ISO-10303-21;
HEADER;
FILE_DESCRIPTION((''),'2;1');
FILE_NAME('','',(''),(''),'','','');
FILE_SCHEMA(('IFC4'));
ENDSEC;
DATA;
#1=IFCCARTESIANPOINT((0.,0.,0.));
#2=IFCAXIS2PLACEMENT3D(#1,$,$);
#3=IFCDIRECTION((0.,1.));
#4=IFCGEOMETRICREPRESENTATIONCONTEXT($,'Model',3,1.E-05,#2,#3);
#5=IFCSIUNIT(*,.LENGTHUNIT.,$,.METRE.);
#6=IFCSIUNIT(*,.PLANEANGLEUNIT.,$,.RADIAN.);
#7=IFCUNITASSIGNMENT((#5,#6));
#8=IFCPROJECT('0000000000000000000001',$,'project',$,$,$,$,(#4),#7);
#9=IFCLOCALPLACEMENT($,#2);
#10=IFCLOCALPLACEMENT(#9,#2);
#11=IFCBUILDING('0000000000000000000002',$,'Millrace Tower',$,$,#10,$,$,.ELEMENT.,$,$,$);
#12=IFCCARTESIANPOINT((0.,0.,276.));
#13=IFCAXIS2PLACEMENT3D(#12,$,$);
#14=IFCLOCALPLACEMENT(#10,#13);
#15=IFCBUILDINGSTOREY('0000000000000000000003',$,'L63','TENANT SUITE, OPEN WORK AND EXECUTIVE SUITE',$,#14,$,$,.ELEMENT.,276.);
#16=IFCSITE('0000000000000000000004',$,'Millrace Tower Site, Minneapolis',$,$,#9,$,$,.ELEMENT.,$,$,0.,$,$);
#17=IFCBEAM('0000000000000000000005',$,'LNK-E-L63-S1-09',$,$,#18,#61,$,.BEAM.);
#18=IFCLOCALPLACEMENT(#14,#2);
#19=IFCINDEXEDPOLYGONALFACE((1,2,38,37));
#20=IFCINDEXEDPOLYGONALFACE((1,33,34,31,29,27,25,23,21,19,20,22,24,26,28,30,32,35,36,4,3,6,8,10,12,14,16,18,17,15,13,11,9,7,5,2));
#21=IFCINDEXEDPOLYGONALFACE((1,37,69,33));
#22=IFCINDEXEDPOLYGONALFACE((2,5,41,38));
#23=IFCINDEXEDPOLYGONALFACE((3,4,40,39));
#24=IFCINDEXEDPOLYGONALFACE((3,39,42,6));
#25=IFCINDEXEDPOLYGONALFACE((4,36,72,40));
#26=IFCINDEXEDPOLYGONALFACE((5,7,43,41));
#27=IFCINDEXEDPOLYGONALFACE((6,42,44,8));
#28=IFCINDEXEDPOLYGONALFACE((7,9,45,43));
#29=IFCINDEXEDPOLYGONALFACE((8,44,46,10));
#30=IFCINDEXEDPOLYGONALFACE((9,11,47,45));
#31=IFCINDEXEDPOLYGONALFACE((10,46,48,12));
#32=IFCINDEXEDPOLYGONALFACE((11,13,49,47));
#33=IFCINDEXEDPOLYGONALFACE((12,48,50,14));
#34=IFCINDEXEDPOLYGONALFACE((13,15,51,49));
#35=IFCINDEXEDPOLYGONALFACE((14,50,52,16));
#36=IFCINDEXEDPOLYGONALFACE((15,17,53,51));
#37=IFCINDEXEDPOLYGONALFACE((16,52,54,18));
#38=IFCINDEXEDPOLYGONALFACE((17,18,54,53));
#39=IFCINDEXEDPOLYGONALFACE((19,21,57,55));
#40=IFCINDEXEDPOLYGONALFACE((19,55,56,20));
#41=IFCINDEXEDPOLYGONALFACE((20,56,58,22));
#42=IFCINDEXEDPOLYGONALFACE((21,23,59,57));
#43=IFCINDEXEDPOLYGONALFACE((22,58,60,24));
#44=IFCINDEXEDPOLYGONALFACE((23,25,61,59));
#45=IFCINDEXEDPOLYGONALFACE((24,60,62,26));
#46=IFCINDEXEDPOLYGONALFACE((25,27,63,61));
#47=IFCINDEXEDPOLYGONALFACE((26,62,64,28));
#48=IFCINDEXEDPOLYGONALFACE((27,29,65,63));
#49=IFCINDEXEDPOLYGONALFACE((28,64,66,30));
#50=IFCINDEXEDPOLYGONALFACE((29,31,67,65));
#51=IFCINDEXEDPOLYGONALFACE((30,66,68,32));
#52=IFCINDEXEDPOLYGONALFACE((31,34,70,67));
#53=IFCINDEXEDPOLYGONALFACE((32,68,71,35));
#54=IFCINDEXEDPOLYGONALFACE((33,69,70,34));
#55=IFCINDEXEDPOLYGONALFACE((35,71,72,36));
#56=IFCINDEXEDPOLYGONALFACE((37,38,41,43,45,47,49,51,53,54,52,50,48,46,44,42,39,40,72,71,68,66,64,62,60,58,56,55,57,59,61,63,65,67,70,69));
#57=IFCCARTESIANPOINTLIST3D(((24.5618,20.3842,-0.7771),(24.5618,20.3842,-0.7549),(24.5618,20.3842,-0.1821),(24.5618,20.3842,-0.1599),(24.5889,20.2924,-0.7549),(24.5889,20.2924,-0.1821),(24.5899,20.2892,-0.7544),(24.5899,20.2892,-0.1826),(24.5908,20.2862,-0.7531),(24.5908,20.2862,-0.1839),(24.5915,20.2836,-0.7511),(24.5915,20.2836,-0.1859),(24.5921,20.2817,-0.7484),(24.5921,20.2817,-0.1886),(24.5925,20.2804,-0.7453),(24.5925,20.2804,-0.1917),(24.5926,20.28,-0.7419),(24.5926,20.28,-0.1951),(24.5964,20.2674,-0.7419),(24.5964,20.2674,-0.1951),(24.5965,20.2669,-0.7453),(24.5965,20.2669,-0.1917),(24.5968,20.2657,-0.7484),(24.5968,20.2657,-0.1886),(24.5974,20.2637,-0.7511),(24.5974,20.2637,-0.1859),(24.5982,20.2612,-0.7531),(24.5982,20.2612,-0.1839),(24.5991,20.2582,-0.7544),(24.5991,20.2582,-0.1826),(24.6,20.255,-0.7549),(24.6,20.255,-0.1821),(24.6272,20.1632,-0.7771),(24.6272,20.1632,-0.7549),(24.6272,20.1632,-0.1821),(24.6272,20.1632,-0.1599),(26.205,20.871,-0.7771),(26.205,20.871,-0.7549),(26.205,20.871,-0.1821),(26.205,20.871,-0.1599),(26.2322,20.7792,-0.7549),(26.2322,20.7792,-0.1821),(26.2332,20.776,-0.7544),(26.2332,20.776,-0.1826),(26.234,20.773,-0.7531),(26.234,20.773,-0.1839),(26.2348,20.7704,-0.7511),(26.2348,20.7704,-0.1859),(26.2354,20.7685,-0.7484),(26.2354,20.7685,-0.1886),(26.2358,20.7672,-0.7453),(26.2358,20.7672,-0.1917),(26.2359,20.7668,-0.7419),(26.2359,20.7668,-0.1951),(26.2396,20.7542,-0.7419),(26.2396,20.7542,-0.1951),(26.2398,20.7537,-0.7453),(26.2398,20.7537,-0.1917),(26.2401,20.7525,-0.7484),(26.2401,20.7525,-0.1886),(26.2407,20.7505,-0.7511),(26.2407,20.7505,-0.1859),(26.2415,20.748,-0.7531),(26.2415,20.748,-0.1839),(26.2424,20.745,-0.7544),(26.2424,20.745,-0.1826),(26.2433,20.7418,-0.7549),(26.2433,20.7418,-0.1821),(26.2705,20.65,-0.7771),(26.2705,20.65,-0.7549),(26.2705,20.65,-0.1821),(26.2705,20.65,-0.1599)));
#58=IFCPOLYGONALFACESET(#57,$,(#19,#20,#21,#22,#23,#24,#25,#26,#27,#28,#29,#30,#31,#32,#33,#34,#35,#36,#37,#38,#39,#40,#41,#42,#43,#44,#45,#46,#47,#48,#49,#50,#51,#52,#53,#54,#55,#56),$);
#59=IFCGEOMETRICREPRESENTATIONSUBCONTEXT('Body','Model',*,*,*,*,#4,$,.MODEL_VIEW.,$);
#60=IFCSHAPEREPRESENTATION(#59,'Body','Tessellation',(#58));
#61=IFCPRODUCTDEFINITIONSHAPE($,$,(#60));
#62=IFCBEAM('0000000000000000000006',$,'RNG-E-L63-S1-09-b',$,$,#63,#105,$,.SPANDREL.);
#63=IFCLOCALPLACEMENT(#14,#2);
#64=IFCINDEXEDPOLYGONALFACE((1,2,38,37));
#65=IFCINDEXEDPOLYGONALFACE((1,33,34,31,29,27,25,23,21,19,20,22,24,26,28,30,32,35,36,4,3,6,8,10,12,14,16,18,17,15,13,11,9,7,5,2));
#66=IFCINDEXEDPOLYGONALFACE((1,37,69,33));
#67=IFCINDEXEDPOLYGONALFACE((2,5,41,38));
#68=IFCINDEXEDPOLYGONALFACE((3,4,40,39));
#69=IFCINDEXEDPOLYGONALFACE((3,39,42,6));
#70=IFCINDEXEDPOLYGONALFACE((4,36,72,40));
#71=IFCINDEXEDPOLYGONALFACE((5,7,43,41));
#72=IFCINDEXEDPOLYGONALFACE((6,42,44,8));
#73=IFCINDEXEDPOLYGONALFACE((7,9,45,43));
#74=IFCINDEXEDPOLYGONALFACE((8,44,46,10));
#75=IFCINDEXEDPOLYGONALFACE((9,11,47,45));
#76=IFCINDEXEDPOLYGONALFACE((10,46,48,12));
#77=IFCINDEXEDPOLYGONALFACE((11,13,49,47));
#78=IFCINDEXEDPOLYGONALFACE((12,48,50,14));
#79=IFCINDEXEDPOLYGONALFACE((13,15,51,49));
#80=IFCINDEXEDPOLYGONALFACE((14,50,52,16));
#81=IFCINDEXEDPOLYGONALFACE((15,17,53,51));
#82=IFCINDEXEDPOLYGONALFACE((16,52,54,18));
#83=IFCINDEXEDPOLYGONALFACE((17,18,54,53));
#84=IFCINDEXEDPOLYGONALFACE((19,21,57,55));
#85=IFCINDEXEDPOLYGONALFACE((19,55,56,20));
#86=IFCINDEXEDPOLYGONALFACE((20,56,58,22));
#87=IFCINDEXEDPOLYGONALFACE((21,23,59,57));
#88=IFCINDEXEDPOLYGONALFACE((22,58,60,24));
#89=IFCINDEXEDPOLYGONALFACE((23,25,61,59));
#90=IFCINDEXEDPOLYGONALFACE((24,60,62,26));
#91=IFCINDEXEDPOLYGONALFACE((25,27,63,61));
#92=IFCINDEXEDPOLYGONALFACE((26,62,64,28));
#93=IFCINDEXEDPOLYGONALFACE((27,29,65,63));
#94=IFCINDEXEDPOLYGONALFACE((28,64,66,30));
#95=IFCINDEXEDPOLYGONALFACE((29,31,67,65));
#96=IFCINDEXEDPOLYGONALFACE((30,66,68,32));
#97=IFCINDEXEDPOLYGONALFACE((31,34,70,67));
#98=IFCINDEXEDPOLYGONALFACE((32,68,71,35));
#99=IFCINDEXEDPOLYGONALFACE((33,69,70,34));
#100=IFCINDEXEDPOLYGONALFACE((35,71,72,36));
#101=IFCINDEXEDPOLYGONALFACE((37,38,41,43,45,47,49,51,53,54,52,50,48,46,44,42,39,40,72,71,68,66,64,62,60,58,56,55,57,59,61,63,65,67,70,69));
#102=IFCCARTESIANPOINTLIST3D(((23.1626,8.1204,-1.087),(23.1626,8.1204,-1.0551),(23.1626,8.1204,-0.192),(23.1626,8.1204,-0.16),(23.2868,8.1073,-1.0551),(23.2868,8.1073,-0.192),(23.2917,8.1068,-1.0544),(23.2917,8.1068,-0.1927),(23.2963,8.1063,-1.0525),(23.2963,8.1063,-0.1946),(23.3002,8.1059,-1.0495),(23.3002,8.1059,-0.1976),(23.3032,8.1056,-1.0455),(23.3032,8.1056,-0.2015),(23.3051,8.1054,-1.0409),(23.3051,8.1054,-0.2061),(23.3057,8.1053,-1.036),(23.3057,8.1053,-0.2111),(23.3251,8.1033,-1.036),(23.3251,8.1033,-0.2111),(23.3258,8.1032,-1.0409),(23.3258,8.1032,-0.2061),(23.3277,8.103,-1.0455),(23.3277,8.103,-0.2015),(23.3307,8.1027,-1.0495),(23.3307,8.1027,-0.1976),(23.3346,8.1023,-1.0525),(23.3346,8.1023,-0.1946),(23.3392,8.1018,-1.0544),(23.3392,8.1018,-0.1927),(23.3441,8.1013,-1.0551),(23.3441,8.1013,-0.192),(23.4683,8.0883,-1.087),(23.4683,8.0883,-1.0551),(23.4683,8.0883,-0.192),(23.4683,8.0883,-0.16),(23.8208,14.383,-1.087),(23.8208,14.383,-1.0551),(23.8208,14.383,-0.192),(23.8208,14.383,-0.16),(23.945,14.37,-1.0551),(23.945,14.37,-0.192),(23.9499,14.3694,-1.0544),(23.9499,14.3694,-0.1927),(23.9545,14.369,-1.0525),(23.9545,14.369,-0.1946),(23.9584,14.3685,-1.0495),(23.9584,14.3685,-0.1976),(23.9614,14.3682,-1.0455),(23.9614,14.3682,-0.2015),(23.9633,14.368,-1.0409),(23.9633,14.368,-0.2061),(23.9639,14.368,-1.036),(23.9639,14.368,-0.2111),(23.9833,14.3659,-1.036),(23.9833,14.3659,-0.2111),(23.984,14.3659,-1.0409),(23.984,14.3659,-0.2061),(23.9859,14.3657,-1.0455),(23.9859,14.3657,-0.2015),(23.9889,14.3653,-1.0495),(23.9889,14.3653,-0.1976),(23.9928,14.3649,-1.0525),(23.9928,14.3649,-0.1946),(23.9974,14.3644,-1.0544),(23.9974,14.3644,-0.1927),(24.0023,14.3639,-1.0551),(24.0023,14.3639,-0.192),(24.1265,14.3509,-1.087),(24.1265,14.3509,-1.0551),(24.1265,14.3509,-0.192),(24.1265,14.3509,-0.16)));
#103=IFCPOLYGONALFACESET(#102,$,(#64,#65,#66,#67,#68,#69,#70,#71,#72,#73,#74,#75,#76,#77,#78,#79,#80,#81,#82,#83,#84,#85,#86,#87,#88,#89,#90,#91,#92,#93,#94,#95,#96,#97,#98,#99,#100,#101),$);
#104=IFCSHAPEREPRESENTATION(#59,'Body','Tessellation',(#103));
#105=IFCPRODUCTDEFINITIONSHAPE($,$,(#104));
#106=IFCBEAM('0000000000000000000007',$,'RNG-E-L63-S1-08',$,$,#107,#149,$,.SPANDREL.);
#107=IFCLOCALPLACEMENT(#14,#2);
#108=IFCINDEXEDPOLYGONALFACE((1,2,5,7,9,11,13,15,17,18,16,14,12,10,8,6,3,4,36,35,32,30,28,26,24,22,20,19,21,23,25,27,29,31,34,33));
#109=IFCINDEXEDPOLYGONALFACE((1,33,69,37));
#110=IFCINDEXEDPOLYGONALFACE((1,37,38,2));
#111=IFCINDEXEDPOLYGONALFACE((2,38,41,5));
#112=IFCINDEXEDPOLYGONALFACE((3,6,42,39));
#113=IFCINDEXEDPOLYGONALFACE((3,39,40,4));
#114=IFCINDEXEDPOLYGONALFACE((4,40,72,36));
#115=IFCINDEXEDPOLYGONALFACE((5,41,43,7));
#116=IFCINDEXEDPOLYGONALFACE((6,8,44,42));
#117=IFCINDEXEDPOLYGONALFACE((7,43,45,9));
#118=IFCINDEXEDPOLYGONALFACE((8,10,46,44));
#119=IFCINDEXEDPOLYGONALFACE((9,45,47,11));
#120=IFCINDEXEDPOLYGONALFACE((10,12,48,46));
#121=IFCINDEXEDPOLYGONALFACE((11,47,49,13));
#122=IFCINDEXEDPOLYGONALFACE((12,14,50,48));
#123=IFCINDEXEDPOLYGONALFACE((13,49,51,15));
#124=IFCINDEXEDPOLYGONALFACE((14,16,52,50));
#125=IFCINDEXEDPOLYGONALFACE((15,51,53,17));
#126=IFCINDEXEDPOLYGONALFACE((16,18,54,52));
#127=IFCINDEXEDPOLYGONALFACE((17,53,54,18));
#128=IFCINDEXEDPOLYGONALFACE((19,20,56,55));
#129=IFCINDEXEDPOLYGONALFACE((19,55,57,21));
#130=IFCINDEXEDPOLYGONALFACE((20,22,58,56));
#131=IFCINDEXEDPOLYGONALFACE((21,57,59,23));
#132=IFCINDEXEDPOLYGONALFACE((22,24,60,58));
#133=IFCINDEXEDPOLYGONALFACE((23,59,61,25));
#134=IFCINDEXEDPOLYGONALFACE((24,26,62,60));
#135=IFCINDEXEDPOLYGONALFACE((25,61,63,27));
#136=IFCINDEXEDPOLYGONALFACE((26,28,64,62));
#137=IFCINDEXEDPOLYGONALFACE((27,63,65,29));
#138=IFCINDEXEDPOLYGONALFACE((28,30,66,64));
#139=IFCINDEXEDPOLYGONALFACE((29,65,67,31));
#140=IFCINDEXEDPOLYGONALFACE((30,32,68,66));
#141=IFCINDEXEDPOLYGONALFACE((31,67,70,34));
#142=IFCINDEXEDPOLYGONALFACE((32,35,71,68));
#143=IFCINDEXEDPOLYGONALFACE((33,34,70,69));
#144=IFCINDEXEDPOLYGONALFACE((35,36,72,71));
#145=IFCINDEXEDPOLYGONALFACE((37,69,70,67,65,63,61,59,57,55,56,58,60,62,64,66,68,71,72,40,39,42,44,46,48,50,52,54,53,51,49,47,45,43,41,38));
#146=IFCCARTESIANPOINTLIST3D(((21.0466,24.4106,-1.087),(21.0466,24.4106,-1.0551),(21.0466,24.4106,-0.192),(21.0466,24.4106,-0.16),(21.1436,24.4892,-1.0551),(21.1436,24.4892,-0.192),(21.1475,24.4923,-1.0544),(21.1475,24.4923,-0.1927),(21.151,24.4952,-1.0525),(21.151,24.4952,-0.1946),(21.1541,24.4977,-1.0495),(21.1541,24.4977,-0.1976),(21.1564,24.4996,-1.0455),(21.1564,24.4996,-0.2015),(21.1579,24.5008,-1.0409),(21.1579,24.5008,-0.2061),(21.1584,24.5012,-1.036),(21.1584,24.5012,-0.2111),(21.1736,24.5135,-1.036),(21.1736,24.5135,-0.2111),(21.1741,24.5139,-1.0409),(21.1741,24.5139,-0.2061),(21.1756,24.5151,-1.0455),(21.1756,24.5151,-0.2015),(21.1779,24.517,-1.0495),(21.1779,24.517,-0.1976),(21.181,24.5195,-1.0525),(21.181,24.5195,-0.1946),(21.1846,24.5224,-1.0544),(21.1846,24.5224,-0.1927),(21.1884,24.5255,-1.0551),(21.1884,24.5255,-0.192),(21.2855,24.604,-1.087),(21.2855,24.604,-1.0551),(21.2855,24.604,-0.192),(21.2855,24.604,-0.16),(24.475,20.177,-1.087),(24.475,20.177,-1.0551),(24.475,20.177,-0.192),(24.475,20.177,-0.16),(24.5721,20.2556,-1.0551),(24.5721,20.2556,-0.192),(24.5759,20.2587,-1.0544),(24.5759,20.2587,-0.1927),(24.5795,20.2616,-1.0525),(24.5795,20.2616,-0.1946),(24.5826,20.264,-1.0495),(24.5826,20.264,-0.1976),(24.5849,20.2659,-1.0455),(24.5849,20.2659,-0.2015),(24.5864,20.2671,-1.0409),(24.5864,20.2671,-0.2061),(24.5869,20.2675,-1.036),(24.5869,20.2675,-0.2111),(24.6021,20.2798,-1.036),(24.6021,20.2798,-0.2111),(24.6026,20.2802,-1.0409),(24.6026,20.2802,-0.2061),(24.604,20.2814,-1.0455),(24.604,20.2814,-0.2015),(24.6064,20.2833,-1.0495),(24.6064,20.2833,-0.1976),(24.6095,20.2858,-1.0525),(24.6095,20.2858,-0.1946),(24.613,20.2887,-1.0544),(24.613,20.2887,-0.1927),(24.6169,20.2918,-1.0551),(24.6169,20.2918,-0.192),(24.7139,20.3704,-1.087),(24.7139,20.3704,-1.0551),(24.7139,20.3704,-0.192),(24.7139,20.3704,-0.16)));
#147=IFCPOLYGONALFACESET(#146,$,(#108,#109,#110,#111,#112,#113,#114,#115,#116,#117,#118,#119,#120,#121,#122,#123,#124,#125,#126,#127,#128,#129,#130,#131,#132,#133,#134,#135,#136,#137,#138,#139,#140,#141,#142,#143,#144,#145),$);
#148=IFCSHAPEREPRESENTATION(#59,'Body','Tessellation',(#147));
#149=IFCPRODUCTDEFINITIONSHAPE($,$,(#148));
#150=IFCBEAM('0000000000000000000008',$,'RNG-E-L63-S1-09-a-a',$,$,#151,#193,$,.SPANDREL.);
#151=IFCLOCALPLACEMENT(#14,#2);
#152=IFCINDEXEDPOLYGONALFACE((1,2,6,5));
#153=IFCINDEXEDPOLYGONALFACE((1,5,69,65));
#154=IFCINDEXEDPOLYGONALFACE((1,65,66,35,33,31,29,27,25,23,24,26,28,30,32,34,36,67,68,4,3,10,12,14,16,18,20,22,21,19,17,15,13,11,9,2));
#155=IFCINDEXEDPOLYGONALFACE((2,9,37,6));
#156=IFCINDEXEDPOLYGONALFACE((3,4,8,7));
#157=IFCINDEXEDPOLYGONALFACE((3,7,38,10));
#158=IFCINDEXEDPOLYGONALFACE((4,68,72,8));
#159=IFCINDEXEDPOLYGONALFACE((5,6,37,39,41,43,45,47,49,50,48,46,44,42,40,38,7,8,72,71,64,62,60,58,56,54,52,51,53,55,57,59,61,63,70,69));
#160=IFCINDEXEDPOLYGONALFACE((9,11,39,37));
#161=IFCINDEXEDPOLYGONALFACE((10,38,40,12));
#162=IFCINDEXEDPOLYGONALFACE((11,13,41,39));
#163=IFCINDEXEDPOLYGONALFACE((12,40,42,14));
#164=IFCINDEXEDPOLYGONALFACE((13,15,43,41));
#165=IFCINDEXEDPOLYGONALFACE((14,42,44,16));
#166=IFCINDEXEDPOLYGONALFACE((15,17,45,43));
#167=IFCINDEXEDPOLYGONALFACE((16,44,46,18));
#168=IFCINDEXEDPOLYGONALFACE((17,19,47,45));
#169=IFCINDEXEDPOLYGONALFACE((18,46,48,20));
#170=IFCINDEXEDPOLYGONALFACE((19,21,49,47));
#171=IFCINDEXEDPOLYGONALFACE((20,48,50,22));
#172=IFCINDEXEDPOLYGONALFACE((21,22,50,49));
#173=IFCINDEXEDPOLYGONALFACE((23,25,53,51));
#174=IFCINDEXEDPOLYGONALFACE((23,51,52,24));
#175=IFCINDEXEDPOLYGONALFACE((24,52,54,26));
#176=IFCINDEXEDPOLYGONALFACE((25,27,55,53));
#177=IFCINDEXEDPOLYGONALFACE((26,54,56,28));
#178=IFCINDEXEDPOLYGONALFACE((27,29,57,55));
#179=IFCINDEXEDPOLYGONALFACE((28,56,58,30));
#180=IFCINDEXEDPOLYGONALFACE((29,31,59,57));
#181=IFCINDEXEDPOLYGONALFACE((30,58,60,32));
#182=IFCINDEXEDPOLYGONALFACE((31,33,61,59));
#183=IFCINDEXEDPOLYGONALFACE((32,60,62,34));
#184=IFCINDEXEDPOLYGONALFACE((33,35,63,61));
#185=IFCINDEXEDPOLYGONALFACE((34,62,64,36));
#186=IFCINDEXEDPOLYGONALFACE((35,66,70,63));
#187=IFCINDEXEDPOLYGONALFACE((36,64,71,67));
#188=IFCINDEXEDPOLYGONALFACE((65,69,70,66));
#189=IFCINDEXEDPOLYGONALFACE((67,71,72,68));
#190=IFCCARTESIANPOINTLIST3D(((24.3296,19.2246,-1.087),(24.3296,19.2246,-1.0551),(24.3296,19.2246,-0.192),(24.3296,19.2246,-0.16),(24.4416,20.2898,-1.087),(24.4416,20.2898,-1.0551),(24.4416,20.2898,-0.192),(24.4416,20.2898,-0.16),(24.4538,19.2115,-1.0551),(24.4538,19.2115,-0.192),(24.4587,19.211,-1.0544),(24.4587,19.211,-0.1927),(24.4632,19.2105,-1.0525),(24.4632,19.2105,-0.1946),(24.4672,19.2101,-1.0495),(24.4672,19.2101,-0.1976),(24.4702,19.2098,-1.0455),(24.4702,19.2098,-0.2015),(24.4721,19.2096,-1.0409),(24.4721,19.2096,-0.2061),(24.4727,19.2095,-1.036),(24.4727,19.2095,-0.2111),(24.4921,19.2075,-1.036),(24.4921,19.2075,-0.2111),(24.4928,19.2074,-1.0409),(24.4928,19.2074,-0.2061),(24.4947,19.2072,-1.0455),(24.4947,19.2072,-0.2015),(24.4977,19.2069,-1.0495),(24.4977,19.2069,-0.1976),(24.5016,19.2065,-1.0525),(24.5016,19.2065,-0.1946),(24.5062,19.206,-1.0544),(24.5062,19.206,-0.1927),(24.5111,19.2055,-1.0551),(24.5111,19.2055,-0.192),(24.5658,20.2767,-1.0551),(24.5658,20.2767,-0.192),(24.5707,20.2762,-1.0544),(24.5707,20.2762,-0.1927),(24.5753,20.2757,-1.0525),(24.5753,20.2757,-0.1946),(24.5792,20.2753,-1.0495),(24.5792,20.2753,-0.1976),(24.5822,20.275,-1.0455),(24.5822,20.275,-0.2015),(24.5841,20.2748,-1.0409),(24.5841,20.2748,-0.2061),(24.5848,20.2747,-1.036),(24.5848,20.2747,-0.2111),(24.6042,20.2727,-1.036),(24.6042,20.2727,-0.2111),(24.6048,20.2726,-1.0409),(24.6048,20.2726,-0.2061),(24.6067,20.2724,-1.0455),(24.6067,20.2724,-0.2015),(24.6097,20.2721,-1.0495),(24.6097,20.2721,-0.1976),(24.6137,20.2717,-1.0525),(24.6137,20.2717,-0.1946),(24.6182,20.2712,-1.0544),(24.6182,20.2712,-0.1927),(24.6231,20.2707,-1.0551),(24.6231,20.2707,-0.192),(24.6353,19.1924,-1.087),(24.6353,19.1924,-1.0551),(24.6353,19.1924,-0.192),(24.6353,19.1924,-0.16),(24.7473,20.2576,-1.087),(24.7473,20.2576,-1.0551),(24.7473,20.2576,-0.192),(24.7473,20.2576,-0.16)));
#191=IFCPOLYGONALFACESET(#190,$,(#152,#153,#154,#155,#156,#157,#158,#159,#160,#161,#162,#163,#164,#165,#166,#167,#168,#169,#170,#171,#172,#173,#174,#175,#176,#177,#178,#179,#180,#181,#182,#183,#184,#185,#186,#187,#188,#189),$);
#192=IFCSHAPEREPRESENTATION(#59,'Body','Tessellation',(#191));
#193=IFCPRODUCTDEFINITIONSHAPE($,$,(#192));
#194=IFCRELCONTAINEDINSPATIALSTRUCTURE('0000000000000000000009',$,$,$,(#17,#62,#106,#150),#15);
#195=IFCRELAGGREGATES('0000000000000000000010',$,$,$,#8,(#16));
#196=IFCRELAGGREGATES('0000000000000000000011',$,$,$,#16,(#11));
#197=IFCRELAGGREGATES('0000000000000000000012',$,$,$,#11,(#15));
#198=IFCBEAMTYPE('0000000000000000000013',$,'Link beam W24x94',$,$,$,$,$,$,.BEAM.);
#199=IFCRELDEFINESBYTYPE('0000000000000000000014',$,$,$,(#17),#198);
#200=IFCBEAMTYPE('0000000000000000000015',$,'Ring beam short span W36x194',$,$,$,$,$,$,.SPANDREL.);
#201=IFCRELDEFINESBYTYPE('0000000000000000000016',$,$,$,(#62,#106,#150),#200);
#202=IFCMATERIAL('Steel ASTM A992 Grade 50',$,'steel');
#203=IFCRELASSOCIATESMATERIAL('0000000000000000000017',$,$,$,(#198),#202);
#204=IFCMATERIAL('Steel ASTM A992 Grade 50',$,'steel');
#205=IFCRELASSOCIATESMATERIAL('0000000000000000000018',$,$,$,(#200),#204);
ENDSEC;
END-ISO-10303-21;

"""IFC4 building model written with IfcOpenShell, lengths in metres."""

from ifc_helpers import new_model, si_unit, direction, frame, origin, origin_2d, place, context, subcontext, project, spatial, i_section, extrude, material, material_profile, profile_set, type_object, element, save


model = new_model("IFC4")

# Units and contexts
model_context = context("Model", 3, precision=1e-05, world=origin(), true_north=direction((0.0, 1.0)))
body_context = subcontext(model_context, "Body", "Model", "MODEL_VIEW")
ifc_project = project(units=[si_unit("LENGTHUNIT", "METRE"), si_unit("PLANEANGLEUNIT", "RADIAN")], contexts=[model_context])

# Site, building, storey
site_placement = place(None, origin())
site = spatial("IfcSite", under=ifc_project, at=site_placement, Name="Millrace Tower Site, Minneapolis", CompositionType="ELEMENT", RefElevation=0.0)
building_placement = place(site_placement, origin())
building = spatial("IfcBuilding", under=site, at=building_placement, Name="Millrace Tower", CompositionType="ELEMENT")
storey_placement = place(building_placement, frame((0.0, 0.0, 276.0)))
storey = spatial("IfcBuildingStorey", under=building, at=storey_placement, Name="L63", Description="TENANT SUITE, OPEN WORK AND EXECUTIVE SUITE", CompositionType="ELEMENT", Elevation=276.0)

# Beams
ifc_material_1 = material(Name="Steel ASTM A992 Grade 50", Category="steel")
ifc_material_profile_1 = material_profile(ifc_material_1, i_section(OverallWidth=0.2305, OverallDepth=0.6172, WebThickness=0.0132, FlangeThickness=0.0222, FilletRadius=0.0129, at=origin_2d()))
ifc_profile_set_1 = profile_set([ifc_material_profile_1], Name="Steel ASTM A992 Grade 50")
beam_type_1 = type_object("IfcBeamType", Name="Link beam W24x94", PredefinedType="BEAM", material=ifc_profile_set_1)
beam_1_placement = place(storey_placement, frame((24.5945, 20.2737, -0.4685), z_axis=(0.958812, 0.28404, 0.0), x_axis=(-0.28404, 0.958812, 0.0)))
element("IfcBeam", 1, at=beam_1_placement, inside=storey, type_object=beam_type_1, Name="LNK-E-L63-S1-09", PredefinedType="BEAM", context=body_context, shape_type="SweptSolid", body=[
    extrude(i_section(OverallWidth=0.2305, OverallDepth=0.6172, WebThickness=0.0132, FlangeThickness=0.0222, FilletRadius=0.0129, at=origin_2d()), origin(), (0.0, 0.0, 1.0), 1.7139),
])
ifc_material_2 = material(Name="Steel ASTM A992 Grade 50", Category="steel")
ifc_material_profile_2 = material_profile(ifc_material_2, i_section(OverallWidth=0.3074, OverallDepth=0.927, WebThickness=0.0195, FlangeThickness=0.032, FilletRadius=0.019, at=origin_2d()))
ifc_profile_set_2 = profile_set([ifc_material_profile_2], Name="Steel ASTM A992 Grade 50")
beam_type_2 = type_object("IfcBeamType", Name="Ring beam short span W36x194", PredefinedType="SPANDREL", material=ifc_profile_set_2)
beam_2_placement = place(storey_placement, frame((23.9736, 14.3669, -0.6235), z_axis=(-0.104523, -0.994522, 0.0), x_axis=(0.994522, -0.104523, 0.0)))
element("IfcBeam", 2, at=beam_2_placement, inside=storey, type_object=beam_type_2, Name="RNG-E-L63-S1-09-b", PredefinedType="SPANDREL", context=body_context, shape_type="SweptSolid", body=[
    extrude(i_section(OverallWidth=0.3074, OverallDepth=0.927, WebThickness=0.0195, FlangeThickness=0.032, FilletRadius=0.019, at=origin_2d()), origin(), (0.0, 0.0, 1.0), 6.2971),
])
beam_3_placement = place(storey_placement, frame((21.166, 24.5073, -0.6235), z_axis=(0.629335, -0.777134, 0.0), x_axis=(0.777134, 0.629335, 0.0)))
element("IfcBeam", 3, at=beam_3_placement, inside=storey, type_object=beam_type_2, Name="RNG-E-L63-S1-08", PredefinedType="SPANDREL", context=body_context, shape_type="SweptSolid", body=[
    extrude(i_section(OverallWidth=0.3074, OverallDepth=0.927, WebThickness=0.0195, FlangeThickness=0.032, FilletRadius=0.019, at=origin_2d()), origin(), (0.0, 0.0, 1.0), 5.4478),
])
beam_4_placement = place(storey_placement, frame((24.5945, 20.2737, -0.6235), z_axis=(-0.104625, -0.994512, 0.0), x_axis=(0.994512, -0.104625, 0.0)))
element("IfcBeam", 4, at=beam_4_placement, inside=storey, type_object=beam_type_2, Name="RNG-E-L63-S1-09-a-a", PredefinedType="SPANDREL", context=body_context, shape_type="SweptSolid", body=[
    extrude(i_section(OverallWidth=0.3074, OverallDepth=0.927, WebThickness=0.0195, FlangeThickness=0.032, FilletRadius=0.019, at=origin_2d()), origin(), (0.0, 0.0, 1.0), 1.071),
])

save(model, "model.ifc")
